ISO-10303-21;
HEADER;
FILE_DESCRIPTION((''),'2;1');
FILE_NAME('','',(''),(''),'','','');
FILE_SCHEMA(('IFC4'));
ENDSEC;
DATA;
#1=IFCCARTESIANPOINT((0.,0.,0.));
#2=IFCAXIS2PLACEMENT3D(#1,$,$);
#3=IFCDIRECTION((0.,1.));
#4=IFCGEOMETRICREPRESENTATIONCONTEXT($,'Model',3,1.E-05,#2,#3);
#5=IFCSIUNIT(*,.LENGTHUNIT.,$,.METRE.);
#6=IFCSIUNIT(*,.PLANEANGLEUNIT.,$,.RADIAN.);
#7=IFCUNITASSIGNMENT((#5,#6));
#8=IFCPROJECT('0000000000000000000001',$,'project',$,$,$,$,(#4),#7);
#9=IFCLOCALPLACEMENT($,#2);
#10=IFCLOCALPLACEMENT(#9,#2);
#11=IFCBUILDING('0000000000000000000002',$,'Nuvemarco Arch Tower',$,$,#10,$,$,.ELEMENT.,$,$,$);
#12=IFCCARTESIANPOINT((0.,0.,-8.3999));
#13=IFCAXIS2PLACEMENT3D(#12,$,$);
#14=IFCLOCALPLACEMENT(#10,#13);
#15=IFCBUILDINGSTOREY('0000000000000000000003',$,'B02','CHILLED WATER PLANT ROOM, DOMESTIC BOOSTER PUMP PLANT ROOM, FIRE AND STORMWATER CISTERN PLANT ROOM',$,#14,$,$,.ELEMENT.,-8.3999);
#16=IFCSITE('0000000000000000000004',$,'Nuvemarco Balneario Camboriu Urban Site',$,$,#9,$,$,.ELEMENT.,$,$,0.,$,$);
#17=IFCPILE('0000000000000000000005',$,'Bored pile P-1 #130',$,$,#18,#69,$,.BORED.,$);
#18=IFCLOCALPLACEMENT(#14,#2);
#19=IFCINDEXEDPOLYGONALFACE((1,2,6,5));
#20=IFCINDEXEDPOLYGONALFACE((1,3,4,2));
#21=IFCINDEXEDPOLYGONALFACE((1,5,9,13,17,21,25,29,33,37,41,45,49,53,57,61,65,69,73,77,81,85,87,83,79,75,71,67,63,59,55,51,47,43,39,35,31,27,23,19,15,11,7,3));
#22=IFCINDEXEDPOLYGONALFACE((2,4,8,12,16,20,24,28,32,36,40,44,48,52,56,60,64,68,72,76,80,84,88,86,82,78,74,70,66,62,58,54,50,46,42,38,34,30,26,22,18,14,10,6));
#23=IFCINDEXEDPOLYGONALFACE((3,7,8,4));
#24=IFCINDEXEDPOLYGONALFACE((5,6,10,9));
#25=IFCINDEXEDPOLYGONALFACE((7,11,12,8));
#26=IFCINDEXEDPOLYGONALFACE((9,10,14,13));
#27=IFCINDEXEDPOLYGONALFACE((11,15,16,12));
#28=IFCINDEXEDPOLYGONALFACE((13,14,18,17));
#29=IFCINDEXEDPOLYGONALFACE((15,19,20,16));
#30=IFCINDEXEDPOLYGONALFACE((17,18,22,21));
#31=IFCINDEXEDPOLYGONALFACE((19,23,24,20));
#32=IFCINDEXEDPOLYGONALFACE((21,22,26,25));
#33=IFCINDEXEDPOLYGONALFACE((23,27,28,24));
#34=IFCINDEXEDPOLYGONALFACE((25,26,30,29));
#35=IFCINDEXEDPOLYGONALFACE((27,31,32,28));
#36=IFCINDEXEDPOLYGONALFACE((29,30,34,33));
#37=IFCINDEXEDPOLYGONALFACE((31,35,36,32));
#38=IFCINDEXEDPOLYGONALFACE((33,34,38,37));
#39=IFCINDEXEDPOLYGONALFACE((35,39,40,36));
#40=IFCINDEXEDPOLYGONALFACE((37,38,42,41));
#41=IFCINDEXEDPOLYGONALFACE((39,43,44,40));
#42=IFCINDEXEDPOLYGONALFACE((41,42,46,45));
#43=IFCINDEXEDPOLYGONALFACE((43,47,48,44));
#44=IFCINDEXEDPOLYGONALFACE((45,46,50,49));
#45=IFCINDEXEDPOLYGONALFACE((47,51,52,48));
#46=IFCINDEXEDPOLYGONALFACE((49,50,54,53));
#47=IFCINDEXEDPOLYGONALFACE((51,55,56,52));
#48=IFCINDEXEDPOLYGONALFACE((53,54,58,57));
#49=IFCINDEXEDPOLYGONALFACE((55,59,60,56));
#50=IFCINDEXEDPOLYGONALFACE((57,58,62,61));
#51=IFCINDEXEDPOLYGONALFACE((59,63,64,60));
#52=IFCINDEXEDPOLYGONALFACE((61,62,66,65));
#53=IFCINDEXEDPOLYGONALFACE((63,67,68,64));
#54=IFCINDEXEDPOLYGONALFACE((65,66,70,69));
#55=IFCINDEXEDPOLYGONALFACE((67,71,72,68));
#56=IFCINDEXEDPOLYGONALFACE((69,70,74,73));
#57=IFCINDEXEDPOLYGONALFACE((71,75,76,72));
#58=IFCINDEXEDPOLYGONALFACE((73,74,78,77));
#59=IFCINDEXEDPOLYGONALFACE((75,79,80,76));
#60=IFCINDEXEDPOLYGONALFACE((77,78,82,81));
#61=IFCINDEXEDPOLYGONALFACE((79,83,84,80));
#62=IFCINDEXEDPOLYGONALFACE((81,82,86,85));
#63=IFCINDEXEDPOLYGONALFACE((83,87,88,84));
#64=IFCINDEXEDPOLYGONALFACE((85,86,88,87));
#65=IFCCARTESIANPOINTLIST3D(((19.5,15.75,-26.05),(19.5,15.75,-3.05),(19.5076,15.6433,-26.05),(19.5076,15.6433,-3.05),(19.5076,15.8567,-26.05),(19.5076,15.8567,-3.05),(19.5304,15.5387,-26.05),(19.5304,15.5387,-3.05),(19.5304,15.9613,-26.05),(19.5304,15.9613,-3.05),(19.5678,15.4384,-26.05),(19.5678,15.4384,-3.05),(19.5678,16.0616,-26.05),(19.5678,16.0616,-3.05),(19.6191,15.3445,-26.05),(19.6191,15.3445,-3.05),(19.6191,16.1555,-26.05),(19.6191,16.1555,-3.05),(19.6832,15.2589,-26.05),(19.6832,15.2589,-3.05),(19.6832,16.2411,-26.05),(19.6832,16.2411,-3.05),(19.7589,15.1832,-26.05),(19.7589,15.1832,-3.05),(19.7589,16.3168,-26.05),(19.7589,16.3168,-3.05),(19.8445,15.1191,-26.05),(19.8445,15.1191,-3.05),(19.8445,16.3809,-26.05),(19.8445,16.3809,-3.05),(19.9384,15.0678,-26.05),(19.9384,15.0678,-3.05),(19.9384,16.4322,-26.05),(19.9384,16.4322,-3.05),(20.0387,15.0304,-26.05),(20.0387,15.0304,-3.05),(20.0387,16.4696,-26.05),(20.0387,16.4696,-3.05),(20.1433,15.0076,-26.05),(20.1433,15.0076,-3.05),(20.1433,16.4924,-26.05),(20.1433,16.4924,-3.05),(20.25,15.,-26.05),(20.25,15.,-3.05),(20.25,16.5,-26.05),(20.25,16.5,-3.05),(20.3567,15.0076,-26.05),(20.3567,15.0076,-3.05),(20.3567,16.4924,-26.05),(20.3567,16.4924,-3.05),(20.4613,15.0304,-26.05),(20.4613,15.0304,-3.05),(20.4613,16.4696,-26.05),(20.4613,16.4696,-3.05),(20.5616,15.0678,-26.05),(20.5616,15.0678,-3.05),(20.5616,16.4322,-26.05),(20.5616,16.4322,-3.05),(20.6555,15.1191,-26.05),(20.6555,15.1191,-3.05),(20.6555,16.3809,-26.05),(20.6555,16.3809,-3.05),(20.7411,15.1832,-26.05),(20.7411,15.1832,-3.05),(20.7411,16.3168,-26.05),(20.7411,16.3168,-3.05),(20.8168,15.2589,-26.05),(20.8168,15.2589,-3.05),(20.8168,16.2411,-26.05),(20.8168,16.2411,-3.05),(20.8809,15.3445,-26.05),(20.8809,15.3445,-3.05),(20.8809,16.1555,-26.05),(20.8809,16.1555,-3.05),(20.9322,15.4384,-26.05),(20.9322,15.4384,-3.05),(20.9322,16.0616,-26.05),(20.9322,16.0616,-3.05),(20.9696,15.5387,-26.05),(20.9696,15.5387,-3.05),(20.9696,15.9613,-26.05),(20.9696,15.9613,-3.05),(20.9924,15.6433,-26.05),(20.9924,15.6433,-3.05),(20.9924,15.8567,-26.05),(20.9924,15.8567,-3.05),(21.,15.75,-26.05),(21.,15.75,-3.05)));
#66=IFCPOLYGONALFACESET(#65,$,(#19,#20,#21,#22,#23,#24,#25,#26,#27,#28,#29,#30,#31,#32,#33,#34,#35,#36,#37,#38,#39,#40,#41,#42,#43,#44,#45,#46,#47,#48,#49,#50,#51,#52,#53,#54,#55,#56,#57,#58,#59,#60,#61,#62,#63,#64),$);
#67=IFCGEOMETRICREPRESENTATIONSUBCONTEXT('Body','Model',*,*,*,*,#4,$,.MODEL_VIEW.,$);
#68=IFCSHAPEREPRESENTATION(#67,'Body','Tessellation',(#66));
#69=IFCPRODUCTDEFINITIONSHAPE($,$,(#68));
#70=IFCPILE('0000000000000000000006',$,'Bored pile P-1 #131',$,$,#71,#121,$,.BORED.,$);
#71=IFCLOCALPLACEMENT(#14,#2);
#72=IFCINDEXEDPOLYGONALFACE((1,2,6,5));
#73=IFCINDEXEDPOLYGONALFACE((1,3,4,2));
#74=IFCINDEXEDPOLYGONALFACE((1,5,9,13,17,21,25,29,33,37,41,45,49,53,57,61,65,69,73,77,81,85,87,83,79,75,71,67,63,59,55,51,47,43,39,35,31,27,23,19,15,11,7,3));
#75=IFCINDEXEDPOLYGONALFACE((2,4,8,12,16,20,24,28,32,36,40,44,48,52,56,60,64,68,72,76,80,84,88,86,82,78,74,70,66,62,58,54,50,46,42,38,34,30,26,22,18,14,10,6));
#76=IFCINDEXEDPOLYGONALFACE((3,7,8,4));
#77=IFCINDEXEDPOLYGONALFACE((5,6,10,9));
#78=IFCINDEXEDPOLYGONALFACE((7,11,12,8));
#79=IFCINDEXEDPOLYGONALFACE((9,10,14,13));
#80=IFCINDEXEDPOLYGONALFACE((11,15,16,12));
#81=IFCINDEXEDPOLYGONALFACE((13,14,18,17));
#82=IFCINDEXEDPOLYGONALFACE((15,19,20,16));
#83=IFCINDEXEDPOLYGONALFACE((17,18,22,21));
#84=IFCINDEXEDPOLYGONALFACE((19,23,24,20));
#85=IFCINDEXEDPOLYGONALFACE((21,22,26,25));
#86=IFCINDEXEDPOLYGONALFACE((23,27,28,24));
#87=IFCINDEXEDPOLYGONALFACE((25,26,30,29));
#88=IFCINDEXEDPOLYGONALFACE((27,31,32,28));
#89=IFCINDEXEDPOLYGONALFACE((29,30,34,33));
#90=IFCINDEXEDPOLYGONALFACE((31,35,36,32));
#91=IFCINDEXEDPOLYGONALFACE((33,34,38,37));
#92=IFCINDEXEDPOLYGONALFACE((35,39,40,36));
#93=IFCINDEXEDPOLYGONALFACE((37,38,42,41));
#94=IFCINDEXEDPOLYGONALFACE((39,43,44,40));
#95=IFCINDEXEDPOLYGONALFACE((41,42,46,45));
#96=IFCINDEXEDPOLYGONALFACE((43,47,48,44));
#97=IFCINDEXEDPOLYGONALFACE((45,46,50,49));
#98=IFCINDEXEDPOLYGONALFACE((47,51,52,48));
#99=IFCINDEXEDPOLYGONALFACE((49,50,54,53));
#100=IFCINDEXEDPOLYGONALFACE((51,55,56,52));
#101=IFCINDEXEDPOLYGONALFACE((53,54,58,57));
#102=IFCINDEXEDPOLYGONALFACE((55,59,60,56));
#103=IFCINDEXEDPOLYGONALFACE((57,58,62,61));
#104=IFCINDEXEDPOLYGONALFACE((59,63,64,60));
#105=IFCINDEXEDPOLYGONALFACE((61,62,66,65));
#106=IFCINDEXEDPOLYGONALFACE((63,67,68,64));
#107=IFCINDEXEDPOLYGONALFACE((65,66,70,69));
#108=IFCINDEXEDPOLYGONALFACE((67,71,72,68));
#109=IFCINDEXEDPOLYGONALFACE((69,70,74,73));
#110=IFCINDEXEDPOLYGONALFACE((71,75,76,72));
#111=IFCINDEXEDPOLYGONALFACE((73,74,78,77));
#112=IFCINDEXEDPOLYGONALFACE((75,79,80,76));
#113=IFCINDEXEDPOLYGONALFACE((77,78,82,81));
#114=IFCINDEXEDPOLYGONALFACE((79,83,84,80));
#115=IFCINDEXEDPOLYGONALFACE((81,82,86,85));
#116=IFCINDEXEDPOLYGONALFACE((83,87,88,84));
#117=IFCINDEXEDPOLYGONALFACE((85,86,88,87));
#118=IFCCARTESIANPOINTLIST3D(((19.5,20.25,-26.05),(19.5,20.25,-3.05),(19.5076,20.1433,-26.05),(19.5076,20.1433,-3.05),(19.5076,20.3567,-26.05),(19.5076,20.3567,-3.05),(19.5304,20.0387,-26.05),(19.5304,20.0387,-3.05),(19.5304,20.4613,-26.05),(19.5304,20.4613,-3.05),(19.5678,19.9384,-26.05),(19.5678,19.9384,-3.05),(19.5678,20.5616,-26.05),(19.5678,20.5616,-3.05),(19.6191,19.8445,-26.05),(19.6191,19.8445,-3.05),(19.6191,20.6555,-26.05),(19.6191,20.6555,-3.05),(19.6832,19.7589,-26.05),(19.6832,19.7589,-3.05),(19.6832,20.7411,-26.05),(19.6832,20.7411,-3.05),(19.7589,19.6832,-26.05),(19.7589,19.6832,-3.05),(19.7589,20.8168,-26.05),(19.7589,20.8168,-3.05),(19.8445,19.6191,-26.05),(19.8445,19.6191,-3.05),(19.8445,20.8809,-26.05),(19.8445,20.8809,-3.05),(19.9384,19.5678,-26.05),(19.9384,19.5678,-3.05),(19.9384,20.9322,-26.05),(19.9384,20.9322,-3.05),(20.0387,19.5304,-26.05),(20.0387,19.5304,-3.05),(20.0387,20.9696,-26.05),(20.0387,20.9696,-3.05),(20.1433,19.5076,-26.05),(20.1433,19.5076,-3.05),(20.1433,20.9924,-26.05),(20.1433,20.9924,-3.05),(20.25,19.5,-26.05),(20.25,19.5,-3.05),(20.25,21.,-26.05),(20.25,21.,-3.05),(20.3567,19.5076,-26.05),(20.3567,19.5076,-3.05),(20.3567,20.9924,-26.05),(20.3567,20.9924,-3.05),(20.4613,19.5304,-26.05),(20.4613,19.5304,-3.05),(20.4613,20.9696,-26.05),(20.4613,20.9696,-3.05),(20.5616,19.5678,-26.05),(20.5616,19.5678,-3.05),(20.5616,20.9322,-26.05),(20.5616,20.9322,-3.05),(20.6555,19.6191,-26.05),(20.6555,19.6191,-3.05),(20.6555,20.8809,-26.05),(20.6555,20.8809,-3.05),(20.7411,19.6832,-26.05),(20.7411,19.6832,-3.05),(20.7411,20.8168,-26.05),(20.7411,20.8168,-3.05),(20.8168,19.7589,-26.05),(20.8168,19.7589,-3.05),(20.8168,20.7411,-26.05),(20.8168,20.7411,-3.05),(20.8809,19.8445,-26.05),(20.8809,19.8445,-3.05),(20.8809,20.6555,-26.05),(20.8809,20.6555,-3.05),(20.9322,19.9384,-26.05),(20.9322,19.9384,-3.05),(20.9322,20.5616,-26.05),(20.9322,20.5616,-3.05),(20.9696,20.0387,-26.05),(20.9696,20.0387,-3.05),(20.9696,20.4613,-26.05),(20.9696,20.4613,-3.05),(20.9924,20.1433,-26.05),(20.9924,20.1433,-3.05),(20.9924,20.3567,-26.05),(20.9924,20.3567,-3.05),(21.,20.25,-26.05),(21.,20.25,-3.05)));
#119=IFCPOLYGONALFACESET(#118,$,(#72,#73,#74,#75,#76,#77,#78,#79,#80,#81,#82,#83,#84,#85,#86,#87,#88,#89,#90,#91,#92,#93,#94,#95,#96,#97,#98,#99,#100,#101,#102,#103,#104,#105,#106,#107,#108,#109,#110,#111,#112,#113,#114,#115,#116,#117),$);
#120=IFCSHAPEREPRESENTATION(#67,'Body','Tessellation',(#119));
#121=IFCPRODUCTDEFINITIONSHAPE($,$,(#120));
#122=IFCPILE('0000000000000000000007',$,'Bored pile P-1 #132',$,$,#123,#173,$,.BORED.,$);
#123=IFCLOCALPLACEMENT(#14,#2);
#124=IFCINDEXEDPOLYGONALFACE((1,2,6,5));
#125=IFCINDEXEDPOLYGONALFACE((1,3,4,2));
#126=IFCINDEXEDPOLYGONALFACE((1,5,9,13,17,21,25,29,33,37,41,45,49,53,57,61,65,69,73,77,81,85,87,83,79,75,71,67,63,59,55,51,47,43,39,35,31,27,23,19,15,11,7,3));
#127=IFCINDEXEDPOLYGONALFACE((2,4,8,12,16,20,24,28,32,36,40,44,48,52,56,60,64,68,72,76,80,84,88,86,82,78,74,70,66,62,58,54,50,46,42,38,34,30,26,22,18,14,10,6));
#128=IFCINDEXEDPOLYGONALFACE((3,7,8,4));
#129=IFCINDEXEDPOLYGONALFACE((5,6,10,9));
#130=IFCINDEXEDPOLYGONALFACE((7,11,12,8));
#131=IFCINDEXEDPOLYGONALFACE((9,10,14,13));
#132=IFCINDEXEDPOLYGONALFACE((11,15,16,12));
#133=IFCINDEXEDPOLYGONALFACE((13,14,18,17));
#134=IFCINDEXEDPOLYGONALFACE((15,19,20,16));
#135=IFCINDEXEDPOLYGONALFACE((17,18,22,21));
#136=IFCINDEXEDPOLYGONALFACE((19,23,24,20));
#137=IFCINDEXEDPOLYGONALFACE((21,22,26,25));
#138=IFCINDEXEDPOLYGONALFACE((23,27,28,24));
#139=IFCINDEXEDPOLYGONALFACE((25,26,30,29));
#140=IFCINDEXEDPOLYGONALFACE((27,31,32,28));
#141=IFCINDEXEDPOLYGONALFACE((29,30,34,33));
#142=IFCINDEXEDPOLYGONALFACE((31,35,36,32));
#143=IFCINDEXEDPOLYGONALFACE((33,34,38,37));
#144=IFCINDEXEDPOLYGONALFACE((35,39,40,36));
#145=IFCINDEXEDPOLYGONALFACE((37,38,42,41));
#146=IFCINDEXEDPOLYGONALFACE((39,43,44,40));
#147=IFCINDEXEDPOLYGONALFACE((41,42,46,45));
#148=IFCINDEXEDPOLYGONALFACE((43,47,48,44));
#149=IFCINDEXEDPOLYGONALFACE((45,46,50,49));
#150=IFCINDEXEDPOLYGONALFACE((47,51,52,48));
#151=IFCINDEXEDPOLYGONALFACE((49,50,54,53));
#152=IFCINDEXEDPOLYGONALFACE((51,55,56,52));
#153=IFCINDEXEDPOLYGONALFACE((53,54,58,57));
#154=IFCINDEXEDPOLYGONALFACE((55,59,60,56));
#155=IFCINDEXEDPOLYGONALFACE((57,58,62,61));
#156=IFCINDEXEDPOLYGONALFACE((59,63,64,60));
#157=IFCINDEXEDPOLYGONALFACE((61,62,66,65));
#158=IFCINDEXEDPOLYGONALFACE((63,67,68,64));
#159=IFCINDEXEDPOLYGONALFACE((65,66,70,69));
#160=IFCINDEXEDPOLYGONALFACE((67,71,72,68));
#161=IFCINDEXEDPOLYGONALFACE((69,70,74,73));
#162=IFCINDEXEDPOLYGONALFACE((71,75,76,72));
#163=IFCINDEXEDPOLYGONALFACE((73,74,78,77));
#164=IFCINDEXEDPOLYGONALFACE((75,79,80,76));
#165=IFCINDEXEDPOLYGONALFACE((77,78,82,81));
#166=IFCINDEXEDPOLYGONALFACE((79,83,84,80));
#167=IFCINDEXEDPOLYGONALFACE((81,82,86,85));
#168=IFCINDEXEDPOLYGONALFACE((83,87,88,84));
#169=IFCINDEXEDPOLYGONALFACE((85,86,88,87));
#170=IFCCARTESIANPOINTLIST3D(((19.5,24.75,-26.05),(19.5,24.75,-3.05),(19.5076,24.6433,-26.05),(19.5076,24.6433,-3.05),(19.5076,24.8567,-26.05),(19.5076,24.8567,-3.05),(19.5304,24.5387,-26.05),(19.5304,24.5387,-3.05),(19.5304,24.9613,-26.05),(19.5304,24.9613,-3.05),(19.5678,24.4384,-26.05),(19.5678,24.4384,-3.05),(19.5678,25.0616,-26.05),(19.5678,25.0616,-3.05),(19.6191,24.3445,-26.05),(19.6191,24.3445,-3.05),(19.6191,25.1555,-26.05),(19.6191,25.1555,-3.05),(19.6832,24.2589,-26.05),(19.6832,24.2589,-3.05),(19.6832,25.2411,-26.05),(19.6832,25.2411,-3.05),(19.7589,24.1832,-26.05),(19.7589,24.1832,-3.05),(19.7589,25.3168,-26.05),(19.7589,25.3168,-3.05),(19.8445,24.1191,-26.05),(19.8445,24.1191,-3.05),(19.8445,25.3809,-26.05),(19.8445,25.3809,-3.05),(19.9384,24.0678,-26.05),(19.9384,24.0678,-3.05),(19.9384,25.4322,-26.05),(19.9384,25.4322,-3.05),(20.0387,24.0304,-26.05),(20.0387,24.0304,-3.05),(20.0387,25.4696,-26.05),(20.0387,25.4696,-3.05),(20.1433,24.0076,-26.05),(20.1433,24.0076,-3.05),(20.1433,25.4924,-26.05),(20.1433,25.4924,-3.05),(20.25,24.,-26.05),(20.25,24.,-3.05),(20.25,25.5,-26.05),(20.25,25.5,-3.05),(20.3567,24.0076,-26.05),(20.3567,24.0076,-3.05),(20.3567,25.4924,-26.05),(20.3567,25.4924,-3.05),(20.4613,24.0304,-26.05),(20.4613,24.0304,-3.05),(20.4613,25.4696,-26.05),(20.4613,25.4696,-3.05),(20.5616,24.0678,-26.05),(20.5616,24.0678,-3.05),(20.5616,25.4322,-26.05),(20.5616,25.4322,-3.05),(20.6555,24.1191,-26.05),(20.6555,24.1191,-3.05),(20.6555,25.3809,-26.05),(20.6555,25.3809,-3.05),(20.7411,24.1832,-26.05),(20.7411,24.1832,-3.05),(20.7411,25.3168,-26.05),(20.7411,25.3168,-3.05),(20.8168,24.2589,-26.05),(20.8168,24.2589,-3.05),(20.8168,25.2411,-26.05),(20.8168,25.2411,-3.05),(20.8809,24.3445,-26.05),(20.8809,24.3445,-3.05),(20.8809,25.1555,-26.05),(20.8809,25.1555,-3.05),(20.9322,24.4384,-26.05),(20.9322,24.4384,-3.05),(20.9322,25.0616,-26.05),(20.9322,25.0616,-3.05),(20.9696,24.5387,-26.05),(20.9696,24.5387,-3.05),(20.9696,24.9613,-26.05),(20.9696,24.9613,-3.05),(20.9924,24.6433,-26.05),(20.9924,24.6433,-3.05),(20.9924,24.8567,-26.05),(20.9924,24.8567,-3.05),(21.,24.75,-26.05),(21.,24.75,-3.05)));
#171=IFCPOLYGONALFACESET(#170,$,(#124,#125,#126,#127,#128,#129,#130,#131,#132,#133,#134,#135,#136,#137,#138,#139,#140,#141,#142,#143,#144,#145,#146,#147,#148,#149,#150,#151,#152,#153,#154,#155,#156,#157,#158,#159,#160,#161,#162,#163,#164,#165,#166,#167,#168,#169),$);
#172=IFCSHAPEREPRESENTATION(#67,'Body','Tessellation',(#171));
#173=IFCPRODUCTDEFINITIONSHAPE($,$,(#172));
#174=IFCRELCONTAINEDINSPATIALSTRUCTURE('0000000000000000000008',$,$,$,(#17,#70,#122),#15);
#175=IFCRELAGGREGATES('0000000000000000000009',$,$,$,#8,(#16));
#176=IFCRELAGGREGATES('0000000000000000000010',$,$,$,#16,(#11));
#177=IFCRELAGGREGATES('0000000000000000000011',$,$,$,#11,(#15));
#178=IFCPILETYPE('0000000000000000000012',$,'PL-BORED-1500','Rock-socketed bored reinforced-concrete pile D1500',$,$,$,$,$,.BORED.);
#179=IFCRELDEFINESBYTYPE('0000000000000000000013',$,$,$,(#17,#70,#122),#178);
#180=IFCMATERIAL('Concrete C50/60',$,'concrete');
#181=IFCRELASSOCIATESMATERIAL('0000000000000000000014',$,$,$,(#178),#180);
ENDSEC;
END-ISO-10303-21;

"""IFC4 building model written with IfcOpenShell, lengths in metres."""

from ifc_helpers import new_model, si_unit, direction, frame, origin, origin_2d, place, context, subcontext, project, spatial, circle, extrude, material, material_profile, profile_set, type_object, element, save


model = new_model("IFC4")

# Units and contexts
model_context = context("Model", 3, precision=1e-05, world=origin(), true_north=direction((0.0, 1.0)))
body_context = subcontext(model_context, "Body", "Model", "MODEL_VIEW")
ifc_project = project(units=[si_unit("LENGTHUNIT", "METRE"), si_unit("PLANEANGLEUNIT", "RADIAN")], contexts=[model_context])

# Site, building, storey
site_placement = place(None, origin())
site = spatial("IfcSite", under=ifc_project, at=site_placement, Name="Nuvemarco Balneario Camboriu Urban Site", CompositionType="ELEMENT", RefElevation=0.0)
building_placement = place(site_placement, origin())
building = spatial("IfcBuilding", under=site, at=building_placement, Name="Nuvemarco Arch Tower", CompositionType="ELEMENT")
storey_placement = place(building_placement, frame((0.0, 0.0, -8.3999)))
storey = spatial("IfcBuildingStorey", under=building, at=storey_placement, Name="B02", Description="CHILLED WATER PLANT ROOM, DOMESTIC BOOSTER PUMP PLANT ROOM, FIRE AND STORMWATER CISTERN PLANT ROOM", CompositionType="ELEMENT", Elevation=-8.3999)

# Piles
ifc_material_1 = material(Name="Concrete C50/60", Category="concrete")
ifc_material_profile_1 = material_profile(ifc_material_1, circle(Radius=0.75, at=origin_2d()), Name="PILE-D1500")
ifc_profile_set_1 = profile_set([ifc_material_profile_1], Name="Concrete C50/60")
pile_type = type_object("IfcPileType", Name="PL-BORED-1500", Description="Rock-socketed bored reinforced-concrete pile D1500", PredefinedType="BORED", material=ifc_profile_set_1)
for number, where, z_axis, x_axis, name in (
    (1, (20.25, 15.75, -3.05), (0.0, 0.0, -1.0), (1.0, 0.0, 0.0), "Bored pile P-1 #130"),
    (2, (20.25, 20.25, -3.05), (0.0, 0.0, -1.0), (1.0, 0.0, 0.0), "Bored pile P-1 #131"),
    (3, (20.25, 24.75, -3.05), (0.0, 0.0, -1.0), (1.0, 0.0, 0.0), "Bored pile P-1 #132"),
):
    element("IfcPile", number, at=place(storey_placement, frame(where, z_axis=z_axis, x_axis=x_axis)), inside=storey, type_object=pile_type, Name=name, PredefinedType="BORED", context=body_context, shape_type="SweptSolid", body=[
        extrude(circle(Radius=0.75, at=origin_2d()), origin(), (0.0, 0.0, 1.0), 23.0),
    ])

save(model, "model.ifc")
